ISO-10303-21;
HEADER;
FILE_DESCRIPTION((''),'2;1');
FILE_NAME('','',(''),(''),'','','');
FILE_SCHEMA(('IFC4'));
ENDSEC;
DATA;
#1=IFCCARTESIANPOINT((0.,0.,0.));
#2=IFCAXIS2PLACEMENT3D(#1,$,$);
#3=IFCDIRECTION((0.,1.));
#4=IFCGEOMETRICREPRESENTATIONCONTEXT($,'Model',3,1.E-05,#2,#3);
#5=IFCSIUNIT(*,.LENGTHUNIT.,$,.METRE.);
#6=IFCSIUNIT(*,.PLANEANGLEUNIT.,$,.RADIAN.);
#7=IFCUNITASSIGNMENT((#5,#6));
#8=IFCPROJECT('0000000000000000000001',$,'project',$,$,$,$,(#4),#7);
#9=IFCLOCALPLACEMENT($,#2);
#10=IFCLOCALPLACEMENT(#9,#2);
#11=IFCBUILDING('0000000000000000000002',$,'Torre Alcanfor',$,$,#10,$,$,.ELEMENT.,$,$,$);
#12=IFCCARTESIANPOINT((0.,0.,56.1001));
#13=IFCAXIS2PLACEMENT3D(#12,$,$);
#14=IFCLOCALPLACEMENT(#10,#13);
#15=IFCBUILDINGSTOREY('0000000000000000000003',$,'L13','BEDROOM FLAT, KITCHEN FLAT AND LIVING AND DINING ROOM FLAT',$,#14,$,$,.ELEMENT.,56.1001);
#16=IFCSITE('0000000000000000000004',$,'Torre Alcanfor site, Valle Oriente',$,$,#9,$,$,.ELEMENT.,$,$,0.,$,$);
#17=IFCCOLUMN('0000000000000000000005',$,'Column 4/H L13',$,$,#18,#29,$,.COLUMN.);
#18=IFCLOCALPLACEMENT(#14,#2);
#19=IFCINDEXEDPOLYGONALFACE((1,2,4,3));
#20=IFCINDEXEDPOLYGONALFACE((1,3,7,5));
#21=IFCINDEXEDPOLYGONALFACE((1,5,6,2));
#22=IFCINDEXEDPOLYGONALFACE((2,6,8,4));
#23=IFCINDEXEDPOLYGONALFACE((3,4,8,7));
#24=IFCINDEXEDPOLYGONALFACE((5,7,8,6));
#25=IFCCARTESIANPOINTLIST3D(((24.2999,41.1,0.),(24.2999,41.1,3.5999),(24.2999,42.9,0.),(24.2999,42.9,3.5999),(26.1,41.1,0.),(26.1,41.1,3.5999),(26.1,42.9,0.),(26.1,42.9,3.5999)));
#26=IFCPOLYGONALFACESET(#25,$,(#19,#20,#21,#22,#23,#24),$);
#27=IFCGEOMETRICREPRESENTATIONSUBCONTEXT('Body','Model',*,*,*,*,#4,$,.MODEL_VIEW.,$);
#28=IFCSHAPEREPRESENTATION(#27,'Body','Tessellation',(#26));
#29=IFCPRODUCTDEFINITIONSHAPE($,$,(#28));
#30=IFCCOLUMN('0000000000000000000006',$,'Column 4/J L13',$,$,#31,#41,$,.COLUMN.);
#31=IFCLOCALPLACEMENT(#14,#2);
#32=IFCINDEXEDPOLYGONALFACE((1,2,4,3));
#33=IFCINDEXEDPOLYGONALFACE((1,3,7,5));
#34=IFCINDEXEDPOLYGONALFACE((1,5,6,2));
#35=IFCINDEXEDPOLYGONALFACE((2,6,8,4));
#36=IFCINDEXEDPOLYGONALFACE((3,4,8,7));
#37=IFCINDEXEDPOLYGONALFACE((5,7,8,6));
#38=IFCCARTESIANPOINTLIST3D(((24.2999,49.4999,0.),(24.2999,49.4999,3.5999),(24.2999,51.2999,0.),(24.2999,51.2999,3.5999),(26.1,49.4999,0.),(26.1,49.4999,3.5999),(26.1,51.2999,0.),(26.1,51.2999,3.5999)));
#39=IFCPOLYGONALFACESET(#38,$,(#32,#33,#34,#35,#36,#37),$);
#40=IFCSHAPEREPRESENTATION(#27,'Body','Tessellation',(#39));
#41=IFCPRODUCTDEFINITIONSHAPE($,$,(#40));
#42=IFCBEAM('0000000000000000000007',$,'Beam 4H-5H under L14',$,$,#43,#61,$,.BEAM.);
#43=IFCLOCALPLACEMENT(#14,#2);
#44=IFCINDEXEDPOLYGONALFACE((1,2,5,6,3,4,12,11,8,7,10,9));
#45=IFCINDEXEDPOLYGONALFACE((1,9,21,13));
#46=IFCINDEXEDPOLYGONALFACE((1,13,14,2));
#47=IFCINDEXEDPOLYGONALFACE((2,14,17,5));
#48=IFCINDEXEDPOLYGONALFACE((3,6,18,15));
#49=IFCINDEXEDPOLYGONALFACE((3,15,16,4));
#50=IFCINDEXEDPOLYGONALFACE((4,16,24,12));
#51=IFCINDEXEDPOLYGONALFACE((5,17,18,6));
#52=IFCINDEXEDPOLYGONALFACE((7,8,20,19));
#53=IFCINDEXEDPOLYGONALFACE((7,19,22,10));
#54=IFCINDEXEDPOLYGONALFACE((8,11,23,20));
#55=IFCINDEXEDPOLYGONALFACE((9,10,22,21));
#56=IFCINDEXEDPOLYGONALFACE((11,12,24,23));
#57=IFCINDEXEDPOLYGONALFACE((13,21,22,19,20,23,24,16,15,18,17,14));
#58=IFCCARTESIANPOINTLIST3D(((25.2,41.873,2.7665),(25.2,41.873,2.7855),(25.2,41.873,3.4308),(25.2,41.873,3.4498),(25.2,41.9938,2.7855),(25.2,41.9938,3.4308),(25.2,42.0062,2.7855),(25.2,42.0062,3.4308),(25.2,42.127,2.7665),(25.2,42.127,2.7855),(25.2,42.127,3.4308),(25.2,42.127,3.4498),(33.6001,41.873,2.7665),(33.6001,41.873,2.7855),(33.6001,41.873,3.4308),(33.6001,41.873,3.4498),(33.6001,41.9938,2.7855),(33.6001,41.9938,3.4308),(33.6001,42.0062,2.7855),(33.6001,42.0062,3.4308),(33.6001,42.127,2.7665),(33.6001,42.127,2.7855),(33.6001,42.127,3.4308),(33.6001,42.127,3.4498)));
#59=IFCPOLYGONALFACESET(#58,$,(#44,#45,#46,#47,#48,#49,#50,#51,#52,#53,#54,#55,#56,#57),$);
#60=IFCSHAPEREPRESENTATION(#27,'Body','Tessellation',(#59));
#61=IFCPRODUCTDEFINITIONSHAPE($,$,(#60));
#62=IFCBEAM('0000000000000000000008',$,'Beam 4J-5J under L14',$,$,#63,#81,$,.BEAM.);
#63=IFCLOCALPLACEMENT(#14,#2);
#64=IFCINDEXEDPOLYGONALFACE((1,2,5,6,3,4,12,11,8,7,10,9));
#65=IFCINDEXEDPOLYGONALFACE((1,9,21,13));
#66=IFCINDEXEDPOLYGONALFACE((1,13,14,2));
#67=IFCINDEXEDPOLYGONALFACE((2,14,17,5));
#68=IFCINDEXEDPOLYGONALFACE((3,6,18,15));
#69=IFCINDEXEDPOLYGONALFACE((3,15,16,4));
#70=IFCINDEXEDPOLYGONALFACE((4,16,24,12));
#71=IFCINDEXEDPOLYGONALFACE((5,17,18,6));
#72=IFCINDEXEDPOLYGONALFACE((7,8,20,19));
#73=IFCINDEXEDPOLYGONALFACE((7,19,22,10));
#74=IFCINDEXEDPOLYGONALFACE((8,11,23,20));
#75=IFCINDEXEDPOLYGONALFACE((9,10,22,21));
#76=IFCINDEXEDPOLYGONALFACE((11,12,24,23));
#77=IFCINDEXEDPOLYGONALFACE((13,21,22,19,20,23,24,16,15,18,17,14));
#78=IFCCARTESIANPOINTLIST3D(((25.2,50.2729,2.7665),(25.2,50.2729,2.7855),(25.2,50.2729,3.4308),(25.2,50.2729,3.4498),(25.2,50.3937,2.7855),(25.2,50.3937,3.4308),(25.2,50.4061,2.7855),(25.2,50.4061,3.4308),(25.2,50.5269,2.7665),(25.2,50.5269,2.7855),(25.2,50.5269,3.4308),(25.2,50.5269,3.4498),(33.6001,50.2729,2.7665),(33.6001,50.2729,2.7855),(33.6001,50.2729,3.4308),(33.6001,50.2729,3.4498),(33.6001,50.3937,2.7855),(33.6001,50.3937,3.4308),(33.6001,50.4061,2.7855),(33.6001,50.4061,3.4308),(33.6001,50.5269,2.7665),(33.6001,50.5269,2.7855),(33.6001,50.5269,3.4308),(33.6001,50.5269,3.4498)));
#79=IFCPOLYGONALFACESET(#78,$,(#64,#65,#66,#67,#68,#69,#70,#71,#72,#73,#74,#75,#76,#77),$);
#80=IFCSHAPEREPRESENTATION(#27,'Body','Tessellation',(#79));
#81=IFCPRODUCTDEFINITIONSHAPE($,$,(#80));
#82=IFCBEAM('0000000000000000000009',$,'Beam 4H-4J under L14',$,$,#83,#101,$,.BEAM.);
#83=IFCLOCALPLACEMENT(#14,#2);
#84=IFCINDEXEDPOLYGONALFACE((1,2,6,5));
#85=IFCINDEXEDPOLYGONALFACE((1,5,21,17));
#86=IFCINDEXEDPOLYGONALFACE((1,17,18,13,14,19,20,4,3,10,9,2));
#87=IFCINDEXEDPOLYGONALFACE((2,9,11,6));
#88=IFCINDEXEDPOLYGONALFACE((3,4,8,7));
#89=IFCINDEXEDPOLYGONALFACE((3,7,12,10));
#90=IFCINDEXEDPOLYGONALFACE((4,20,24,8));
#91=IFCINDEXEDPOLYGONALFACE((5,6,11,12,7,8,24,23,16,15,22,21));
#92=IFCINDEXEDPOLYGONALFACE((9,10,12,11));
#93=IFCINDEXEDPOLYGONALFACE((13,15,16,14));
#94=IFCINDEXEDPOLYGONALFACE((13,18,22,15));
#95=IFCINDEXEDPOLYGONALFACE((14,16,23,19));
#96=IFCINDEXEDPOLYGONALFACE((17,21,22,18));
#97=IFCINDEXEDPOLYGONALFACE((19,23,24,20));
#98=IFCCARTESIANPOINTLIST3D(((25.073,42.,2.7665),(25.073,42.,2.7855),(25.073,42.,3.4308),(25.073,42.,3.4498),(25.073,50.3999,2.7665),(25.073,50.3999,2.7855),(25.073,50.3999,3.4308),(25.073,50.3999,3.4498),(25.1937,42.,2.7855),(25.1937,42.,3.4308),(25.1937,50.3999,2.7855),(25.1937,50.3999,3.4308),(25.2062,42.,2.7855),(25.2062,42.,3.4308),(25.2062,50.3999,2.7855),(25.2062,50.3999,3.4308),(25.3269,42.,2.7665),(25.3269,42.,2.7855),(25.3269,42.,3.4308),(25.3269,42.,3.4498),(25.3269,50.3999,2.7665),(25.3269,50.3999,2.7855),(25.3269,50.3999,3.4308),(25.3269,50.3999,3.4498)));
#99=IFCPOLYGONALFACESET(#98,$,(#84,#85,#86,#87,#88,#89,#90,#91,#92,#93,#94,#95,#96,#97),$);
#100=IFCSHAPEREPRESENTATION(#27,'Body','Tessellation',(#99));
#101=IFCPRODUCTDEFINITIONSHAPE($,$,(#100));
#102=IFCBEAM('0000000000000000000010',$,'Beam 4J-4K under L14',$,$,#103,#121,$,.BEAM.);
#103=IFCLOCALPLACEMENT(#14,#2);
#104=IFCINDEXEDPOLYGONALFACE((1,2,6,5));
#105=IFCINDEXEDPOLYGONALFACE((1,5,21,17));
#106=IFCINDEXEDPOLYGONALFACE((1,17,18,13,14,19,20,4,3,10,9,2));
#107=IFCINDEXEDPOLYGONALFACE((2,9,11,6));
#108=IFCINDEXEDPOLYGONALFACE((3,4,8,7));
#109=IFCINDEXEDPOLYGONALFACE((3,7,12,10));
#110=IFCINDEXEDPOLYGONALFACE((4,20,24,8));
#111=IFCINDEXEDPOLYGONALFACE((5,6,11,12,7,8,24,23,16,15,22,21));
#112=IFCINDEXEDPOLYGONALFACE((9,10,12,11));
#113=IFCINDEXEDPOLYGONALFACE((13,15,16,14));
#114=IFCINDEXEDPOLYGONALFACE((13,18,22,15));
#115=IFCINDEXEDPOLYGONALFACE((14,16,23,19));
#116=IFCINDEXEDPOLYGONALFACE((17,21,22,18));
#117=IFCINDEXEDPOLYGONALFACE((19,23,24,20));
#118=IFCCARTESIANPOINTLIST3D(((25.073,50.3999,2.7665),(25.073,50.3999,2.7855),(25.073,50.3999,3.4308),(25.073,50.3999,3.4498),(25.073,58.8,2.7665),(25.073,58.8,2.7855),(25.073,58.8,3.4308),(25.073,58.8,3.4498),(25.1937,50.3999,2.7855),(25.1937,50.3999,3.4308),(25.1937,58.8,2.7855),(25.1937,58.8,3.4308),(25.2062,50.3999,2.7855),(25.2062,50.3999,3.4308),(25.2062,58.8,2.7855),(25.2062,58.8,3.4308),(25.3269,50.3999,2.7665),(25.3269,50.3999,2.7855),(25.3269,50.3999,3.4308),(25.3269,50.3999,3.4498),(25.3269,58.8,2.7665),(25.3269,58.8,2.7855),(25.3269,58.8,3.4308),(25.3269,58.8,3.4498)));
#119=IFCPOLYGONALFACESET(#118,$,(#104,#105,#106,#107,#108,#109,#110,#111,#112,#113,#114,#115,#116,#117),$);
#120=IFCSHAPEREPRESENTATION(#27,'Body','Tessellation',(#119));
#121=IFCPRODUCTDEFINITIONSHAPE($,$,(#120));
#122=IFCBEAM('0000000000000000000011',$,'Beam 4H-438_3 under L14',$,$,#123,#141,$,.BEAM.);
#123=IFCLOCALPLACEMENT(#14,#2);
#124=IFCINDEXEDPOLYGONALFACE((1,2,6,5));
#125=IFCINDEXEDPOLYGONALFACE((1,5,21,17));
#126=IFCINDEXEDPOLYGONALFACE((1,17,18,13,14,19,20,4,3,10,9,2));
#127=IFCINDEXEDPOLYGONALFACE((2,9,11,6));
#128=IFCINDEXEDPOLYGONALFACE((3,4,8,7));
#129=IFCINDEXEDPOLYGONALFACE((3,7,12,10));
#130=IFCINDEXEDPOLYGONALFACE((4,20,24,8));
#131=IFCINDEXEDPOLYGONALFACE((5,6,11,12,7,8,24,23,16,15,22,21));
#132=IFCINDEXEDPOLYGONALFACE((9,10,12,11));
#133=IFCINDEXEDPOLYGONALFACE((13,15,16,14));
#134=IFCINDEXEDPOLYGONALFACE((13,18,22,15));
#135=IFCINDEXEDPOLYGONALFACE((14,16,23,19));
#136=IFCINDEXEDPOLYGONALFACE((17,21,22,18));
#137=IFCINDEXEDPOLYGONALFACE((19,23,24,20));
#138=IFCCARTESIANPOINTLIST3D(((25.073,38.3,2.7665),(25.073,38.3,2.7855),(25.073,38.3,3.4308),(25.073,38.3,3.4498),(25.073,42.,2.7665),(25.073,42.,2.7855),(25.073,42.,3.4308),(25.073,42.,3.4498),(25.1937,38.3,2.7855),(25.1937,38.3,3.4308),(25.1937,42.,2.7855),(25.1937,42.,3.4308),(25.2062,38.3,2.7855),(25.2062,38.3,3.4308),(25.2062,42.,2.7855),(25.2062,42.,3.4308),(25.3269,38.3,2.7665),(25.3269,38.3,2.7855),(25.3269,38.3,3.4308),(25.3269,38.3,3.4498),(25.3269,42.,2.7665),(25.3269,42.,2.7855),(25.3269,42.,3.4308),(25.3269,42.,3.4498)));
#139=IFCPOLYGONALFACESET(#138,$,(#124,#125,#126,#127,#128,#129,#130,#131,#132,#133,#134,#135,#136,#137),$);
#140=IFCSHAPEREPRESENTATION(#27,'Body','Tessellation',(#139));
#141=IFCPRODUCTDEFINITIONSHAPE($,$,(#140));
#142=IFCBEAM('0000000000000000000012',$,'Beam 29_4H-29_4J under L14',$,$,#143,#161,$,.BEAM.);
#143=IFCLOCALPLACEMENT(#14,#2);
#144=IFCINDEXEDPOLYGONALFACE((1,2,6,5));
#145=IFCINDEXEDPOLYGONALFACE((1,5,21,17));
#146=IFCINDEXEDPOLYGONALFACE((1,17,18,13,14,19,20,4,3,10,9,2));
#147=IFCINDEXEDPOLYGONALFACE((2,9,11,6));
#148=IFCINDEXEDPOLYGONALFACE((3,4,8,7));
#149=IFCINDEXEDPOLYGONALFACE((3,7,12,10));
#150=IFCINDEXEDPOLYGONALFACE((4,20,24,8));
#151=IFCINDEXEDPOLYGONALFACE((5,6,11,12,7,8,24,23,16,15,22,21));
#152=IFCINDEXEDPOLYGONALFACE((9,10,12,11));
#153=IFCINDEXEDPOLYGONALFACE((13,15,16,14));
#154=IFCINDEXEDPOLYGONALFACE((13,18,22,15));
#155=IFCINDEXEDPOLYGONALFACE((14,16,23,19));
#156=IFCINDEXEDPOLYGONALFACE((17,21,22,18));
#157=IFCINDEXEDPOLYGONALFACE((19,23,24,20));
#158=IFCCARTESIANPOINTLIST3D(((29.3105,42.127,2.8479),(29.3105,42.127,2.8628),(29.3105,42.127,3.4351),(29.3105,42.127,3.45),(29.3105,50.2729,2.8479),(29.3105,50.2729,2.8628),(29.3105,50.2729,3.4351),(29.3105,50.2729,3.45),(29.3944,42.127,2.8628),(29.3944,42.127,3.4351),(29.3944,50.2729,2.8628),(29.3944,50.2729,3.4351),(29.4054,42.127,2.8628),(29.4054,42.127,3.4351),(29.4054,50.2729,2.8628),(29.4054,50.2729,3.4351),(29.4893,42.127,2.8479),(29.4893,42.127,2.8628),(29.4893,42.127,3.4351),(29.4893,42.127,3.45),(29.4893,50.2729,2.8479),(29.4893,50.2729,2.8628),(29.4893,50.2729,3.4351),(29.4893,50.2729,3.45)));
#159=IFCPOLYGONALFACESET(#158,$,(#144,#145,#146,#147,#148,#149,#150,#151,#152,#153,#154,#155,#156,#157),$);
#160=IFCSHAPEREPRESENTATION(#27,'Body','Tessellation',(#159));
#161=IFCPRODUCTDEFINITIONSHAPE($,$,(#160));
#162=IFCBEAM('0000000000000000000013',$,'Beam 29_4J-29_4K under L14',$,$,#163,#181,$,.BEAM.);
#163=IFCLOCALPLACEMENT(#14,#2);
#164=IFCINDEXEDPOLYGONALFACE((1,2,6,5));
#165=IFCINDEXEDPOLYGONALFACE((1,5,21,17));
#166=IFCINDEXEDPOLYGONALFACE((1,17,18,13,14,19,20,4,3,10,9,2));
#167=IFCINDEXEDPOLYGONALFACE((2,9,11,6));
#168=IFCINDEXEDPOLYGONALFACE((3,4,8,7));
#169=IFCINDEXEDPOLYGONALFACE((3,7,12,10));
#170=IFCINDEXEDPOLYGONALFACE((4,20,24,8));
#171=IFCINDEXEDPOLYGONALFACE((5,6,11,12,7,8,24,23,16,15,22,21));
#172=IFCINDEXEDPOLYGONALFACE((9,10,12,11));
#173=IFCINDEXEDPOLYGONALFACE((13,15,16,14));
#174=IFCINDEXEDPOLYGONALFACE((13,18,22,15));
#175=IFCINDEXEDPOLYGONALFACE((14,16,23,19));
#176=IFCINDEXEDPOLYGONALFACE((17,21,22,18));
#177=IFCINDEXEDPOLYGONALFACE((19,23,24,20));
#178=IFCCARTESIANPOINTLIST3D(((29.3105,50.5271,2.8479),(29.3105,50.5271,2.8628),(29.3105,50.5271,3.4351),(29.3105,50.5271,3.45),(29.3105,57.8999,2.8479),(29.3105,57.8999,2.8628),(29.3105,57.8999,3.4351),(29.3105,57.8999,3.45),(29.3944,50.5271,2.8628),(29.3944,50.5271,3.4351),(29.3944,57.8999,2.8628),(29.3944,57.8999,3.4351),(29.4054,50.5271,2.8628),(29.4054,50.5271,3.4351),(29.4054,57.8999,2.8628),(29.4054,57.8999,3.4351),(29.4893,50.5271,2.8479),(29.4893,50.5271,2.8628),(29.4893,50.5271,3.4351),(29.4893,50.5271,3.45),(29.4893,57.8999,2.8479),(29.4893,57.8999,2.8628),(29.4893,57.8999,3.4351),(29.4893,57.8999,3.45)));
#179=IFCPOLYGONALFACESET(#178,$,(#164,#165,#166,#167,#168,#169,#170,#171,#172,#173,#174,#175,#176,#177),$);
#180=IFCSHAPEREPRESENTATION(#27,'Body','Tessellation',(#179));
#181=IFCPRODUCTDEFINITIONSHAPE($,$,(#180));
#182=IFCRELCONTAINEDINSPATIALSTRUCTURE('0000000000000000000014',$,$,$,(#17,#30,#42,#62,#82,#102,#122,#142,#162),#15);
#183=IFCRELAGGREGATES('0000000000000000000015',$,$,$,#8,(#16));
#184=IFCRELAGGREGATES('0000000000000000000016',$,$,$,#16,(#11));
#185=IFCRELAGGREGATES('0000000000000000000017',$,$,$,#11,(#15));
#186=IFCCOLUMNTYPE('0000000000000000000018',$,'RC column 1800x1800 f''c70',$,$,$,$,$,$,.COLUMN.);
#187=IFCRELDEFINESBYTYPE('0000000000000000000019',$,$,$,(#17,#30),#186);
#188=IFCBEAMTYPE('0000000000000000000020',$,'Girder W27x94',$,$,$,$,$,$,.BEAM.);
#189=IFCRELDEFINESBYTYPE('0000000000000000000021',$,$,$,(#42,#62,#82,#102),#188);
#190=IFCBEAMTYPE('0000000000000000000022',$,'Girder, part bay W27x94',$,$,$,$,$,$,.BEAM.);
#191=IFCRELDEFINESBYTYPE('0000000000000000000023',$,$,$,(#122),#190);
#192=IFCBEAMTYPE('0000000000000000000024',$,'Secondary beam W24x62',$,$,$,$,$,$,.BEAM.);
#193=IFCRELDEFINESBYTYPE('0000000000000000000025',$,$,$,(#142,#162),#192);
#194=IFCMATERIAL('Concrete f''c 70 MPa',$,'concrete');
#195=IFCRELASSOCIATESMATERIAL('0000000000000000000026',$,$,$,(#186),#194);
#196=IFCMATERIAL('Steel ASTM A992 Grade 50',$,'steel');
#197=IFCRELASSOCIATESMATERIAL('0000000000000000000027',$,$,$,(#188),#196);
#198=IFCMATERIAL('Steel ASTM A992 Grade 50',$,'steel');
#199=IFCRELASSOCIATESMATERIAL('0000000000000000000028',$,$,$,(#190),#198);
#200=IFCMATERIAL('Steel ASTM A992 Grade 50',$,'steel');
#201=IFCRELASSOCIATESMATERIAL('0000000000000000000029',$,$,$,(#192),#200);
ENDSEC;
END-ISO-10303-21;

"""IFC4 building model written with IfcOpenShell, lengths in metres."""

from ifc_helpers import new_model, si_unit, direction, frame, origin, origin_2d, place, context, subcontext, project, spatial, rectangle, i_section, extrude, material, material_profile, profile_set, type_object, element, save


model = new_model("IFC4")

# Units and contexts
model_context = context("Model", 3, precision=1e-05, world=origin(), true_north=direction((0.0, 1.0)))
body_context = subcontext(model_context, "Body", "Model", "MODEL_VIEW")
ifc_project = project(units=[si_unit("LENGTHUNIT", "METRE"), si_unit("PLANEANGLEUNIT", "RADIAN")], contexts=[model_context])

# Site, building, storey
site_placement = place(None, origin())
site = spatial("IfcSite", under=ifc_project, at=site_placement, Name="Torre Alcanfor site, Valle Oriente", CompositionType="ELEMENT", RefElevation=0.0)
building_placement = place(site_placement, origin())
building = spatial("IfcBuilding", under=site, at=building_placement, Name="Torre Alcanfor", CompositionType="ELEMENT")
storey_placement = place(building_placement, frame((0.0, 0.0, 56.1001)))
storey = spatial("IfcBuildingStorey", under=building, at=storey_placement, Name="L13", Description="BEDROOM FLAT, KITCHEN FLAT AND LIVING AND DINING ROOM FLAT", CompositionType="ELEMENT", Elevation=56.1001)

# Columns
ifc_material_1 = material(Name="Concrete f'c 70 MPa", Category="concrete")
ifc_material_profile_1 = material_profile(ifc_material_1, rectangle(XDim=1.8, YDim=1.8, at=origin_2d()), Name="1800x1800")
ifc_profile_set_1 = profile_set([ifc_material_profile_1], Name="Concrete f'c 70 MPa")
column_type = type_object("IfcColumnType", Name="RC column 1800x1800 f'c70", PredefinedType="COLUMN", material=ifc_profile_set_1)
for number, where, z_axis, x_axis, name in (
    (1, (25.2, 42.0, 0.0), (0.0, 0.0, 1.0), (1.0, 0.0, 0.0), "Column 4/H L13"),
    (2, (25.2, 50.3999, 0.0), (0.0, 0.0, 1.0), (1.0, 0.0, 0.0), "Column 4/J L13"),
):
    element("IfcColumn", number, at=place(storey_placement, frame(where, z_axis=z_axis, x_axis=x_axis)), inside=storey, type_object=column_type, Name=name, PredefinedType="COLUMN", context=body_context, shape_type="SweptSolid", body=[
        extrude(rectangle(XDim=1.8, YDim=1.8, at=origin_2d()), origin(), (0.0, 0.0, 1.0), 3.5999),
    ])

# Beams
ifc_material_2 = material(Name="Steel ASTM A992 Grade 50", Category="steel")
ifc_material_profile_2 = material_profile(ifc_material_2, i_section(OverallWidth=0.2539, OverallDepth=0.6833, WebThickness=0.0125, FlangeThickness=0.019, at=origin_2d()), Name="W27x94")
ifc_profile_set_2 = profile_set([ifc_material_profile_2], Name="Steel ASTM A992 Grade 50")
beam_type_1 = type_object("IfcBeamType", Name="Girder W27x94", PredefinedType="BEAM", material=ifc_profile_set_2)
for number, where, z_axis, x_axis, name in (
    (3, (25.2, 42.0, 3.1082), (1.0, 0.0, 0.0), (0.0, 1.0, 0.0), "Beam 4H-5H under L14"),
    (4, (25.2, 50.3999, 3.1082), (1.0, 0.0, 0.0), (0.0, 1.0, 0.0), "Beam 4J-5J under L14"),
):
    element("IfcBeam", number, at=place(storey_placement, frame(where, z_axis=z_axis, x_axis=x_axis)), inside=storey, type_object=beam_type_1, Name=name, PredefinedType="BEAM", context=body_context, shape_type="SweptSolid", body=[
        extrude(i_section(OverallWidth=0.2539, OverallDepth=0.6833, WebThickness=0.0125, FlangeThickness=0.019, at=origin_2d()), origin(), (0.0, 0.0, 1.0), 8.4001),
    ])
beam_1_placement = place(storey_placement, frame((25.2, 42.0, 3.1082), z_axis=(0.0, 1.0, 0.0), x_axis=(-1.0, 0.0, 0.0)))
element("IfcBeam", 5, at=beam_1_placement, inside=storey, type_object=beam_type_1, Name="Beam 4H-4J under L14", PredefinedType="BEAM", context=body_context, shape_type="SweptSolid", body=[
    extrude(i_section(OverallWidth=0.2539, OverallDepth=0.6833, WebThickness=0.0125, FlangeThickness=0.019, at=origin_2d()), origin(), (0.0, 0.0, 1.0), 8.3999),
])
beam_2_placement = place(storey_placement, frame((25.2, 50.3999, 3.1082), z_axis=(0.0, 1.0, 0.0), x_axis=(-1.0, 0.0, 0.0)))
element("IfcBeam", 6, at=beam_2_placement, inside=storey, type_object=beam_type_1, Name="Beam 4J-4K under L14", PredefinedType="BEAM", context=body_context, shape_type="SweptSolid", body=[
    extrude(i_section(OverallWidth=0.2539, OverallDepth=0.6833, WebThickness=0.0125, FlangeThickness=0.019, at=origin_2d()), origin(), (0.0, 0.0, 1.0), 8.4001),
])
ifc_material_3 = material(Name="Steel ASTM A992 Grade 50", Category="steel")
ifc_material_profile_3 = material_profile(ifc_material_3, i_section(OverallWidth=0.2539, OverallDepth=0.6833, WebThickness=0.0125, FlangeThickness=0.019, at=origin_2d()), Name="W27x94")
ifc_profile_set_3 = profile_set([ifc_material_profile_3], Name="Steel ASTM A992 Grade 50")
beam_type_2 = type_object("IfcBeamType", Name="Girder, part bay W27x94", PredefinedType="BEAM", material=ifc_profile_set_3)
beam_3_placement = place(storey_placement, frame((25.2, 42.0, 3.1082), z_axis=(0.0, -1.0, 0.0), x_axis=(1.0, 0.0, 0.0)))
element("IfcBeam", 7, at=beam_3_placement, inside=storey, type_object=beam_type_2, Name="Beam 4H-438_3 under L14", PredefinedType="BEAM", context=body_context, shape_type="SweptSolid", body=[
    extrude(i_section(OverallWidth=0.2539, OverallDepth=0.6833, WebThickness=0.0125, FlangeThickness=0.019, at=origin_2d()), origin(), (0.0, 0.0, 1.0), 3.7),
])
ifc_material_4 = material(Name="Steel ASTM A992 Grade 50", Category="steel")
ifc_material_profile_4 = material_profile(ifc_material_4, i_section(OverallWidth=0.1787, OverallDepth=0.6021, WebThickness=0.011, FlangeThickness=0.0149, at=origin_2d()), Name="W24x62")
ifc_profile_set_4 = profile_set([ifc_material_profile_4], Name="Steel ASTM A992 Grade 50")
beam_type_3 = type_object("IfcBeamType", Name="Secondary beam W24x62", PredefinedType="BEAM", material=ifc_profile_set_4)
beam_4_placement = place(storey_placement, frame((29.3999, 42.127, 3.1489), z_axis=(0.0, 1.0, 0.0), x_axis=(-1.0, 0.0, 0.0)))
element("IfcBeam", 8, at=beam_4_placement, inside=storey, type_object=beam_type_3, Name="Beam 29_4H-29_4J under L14", PredefinedType="BEAM", context=body_context, shape_type="SweptSolid", body=[
    extrude(i_section(OverallWidth=0.1787, OverallDepth=0.6021, WebThickness=0.011, FlangeThickness=0.0149, at=origin_2d()), origin(), (0.0, 0.0, 1.0), 8.146),
])
beam_5_placement = place(storey_placement, frame((29.3999, 50.5271, 3.1489), z_axis=(0.0, 1.0, 0.0), x_axis=(-1.0, 0.0, 0.0)))
element("IfcBeam", 9, at=beam_5_placement, inside=storey, type_object=beam_type_3, Name="Beam 29_4J-29_4K under L14", PredefinedType="BEAM", context=body_context, shape_type="SweptSolid", body=[
    extrude(i_section(OverallWidth=0.1787, OverallDepth=0.6021, WebThickness=0.011, FlangeThickness=0.0149, at=origin_2d()), origin(), (0.0, 0.0, 1.0), 7.3728),
])

save(model, "model.ifc")
